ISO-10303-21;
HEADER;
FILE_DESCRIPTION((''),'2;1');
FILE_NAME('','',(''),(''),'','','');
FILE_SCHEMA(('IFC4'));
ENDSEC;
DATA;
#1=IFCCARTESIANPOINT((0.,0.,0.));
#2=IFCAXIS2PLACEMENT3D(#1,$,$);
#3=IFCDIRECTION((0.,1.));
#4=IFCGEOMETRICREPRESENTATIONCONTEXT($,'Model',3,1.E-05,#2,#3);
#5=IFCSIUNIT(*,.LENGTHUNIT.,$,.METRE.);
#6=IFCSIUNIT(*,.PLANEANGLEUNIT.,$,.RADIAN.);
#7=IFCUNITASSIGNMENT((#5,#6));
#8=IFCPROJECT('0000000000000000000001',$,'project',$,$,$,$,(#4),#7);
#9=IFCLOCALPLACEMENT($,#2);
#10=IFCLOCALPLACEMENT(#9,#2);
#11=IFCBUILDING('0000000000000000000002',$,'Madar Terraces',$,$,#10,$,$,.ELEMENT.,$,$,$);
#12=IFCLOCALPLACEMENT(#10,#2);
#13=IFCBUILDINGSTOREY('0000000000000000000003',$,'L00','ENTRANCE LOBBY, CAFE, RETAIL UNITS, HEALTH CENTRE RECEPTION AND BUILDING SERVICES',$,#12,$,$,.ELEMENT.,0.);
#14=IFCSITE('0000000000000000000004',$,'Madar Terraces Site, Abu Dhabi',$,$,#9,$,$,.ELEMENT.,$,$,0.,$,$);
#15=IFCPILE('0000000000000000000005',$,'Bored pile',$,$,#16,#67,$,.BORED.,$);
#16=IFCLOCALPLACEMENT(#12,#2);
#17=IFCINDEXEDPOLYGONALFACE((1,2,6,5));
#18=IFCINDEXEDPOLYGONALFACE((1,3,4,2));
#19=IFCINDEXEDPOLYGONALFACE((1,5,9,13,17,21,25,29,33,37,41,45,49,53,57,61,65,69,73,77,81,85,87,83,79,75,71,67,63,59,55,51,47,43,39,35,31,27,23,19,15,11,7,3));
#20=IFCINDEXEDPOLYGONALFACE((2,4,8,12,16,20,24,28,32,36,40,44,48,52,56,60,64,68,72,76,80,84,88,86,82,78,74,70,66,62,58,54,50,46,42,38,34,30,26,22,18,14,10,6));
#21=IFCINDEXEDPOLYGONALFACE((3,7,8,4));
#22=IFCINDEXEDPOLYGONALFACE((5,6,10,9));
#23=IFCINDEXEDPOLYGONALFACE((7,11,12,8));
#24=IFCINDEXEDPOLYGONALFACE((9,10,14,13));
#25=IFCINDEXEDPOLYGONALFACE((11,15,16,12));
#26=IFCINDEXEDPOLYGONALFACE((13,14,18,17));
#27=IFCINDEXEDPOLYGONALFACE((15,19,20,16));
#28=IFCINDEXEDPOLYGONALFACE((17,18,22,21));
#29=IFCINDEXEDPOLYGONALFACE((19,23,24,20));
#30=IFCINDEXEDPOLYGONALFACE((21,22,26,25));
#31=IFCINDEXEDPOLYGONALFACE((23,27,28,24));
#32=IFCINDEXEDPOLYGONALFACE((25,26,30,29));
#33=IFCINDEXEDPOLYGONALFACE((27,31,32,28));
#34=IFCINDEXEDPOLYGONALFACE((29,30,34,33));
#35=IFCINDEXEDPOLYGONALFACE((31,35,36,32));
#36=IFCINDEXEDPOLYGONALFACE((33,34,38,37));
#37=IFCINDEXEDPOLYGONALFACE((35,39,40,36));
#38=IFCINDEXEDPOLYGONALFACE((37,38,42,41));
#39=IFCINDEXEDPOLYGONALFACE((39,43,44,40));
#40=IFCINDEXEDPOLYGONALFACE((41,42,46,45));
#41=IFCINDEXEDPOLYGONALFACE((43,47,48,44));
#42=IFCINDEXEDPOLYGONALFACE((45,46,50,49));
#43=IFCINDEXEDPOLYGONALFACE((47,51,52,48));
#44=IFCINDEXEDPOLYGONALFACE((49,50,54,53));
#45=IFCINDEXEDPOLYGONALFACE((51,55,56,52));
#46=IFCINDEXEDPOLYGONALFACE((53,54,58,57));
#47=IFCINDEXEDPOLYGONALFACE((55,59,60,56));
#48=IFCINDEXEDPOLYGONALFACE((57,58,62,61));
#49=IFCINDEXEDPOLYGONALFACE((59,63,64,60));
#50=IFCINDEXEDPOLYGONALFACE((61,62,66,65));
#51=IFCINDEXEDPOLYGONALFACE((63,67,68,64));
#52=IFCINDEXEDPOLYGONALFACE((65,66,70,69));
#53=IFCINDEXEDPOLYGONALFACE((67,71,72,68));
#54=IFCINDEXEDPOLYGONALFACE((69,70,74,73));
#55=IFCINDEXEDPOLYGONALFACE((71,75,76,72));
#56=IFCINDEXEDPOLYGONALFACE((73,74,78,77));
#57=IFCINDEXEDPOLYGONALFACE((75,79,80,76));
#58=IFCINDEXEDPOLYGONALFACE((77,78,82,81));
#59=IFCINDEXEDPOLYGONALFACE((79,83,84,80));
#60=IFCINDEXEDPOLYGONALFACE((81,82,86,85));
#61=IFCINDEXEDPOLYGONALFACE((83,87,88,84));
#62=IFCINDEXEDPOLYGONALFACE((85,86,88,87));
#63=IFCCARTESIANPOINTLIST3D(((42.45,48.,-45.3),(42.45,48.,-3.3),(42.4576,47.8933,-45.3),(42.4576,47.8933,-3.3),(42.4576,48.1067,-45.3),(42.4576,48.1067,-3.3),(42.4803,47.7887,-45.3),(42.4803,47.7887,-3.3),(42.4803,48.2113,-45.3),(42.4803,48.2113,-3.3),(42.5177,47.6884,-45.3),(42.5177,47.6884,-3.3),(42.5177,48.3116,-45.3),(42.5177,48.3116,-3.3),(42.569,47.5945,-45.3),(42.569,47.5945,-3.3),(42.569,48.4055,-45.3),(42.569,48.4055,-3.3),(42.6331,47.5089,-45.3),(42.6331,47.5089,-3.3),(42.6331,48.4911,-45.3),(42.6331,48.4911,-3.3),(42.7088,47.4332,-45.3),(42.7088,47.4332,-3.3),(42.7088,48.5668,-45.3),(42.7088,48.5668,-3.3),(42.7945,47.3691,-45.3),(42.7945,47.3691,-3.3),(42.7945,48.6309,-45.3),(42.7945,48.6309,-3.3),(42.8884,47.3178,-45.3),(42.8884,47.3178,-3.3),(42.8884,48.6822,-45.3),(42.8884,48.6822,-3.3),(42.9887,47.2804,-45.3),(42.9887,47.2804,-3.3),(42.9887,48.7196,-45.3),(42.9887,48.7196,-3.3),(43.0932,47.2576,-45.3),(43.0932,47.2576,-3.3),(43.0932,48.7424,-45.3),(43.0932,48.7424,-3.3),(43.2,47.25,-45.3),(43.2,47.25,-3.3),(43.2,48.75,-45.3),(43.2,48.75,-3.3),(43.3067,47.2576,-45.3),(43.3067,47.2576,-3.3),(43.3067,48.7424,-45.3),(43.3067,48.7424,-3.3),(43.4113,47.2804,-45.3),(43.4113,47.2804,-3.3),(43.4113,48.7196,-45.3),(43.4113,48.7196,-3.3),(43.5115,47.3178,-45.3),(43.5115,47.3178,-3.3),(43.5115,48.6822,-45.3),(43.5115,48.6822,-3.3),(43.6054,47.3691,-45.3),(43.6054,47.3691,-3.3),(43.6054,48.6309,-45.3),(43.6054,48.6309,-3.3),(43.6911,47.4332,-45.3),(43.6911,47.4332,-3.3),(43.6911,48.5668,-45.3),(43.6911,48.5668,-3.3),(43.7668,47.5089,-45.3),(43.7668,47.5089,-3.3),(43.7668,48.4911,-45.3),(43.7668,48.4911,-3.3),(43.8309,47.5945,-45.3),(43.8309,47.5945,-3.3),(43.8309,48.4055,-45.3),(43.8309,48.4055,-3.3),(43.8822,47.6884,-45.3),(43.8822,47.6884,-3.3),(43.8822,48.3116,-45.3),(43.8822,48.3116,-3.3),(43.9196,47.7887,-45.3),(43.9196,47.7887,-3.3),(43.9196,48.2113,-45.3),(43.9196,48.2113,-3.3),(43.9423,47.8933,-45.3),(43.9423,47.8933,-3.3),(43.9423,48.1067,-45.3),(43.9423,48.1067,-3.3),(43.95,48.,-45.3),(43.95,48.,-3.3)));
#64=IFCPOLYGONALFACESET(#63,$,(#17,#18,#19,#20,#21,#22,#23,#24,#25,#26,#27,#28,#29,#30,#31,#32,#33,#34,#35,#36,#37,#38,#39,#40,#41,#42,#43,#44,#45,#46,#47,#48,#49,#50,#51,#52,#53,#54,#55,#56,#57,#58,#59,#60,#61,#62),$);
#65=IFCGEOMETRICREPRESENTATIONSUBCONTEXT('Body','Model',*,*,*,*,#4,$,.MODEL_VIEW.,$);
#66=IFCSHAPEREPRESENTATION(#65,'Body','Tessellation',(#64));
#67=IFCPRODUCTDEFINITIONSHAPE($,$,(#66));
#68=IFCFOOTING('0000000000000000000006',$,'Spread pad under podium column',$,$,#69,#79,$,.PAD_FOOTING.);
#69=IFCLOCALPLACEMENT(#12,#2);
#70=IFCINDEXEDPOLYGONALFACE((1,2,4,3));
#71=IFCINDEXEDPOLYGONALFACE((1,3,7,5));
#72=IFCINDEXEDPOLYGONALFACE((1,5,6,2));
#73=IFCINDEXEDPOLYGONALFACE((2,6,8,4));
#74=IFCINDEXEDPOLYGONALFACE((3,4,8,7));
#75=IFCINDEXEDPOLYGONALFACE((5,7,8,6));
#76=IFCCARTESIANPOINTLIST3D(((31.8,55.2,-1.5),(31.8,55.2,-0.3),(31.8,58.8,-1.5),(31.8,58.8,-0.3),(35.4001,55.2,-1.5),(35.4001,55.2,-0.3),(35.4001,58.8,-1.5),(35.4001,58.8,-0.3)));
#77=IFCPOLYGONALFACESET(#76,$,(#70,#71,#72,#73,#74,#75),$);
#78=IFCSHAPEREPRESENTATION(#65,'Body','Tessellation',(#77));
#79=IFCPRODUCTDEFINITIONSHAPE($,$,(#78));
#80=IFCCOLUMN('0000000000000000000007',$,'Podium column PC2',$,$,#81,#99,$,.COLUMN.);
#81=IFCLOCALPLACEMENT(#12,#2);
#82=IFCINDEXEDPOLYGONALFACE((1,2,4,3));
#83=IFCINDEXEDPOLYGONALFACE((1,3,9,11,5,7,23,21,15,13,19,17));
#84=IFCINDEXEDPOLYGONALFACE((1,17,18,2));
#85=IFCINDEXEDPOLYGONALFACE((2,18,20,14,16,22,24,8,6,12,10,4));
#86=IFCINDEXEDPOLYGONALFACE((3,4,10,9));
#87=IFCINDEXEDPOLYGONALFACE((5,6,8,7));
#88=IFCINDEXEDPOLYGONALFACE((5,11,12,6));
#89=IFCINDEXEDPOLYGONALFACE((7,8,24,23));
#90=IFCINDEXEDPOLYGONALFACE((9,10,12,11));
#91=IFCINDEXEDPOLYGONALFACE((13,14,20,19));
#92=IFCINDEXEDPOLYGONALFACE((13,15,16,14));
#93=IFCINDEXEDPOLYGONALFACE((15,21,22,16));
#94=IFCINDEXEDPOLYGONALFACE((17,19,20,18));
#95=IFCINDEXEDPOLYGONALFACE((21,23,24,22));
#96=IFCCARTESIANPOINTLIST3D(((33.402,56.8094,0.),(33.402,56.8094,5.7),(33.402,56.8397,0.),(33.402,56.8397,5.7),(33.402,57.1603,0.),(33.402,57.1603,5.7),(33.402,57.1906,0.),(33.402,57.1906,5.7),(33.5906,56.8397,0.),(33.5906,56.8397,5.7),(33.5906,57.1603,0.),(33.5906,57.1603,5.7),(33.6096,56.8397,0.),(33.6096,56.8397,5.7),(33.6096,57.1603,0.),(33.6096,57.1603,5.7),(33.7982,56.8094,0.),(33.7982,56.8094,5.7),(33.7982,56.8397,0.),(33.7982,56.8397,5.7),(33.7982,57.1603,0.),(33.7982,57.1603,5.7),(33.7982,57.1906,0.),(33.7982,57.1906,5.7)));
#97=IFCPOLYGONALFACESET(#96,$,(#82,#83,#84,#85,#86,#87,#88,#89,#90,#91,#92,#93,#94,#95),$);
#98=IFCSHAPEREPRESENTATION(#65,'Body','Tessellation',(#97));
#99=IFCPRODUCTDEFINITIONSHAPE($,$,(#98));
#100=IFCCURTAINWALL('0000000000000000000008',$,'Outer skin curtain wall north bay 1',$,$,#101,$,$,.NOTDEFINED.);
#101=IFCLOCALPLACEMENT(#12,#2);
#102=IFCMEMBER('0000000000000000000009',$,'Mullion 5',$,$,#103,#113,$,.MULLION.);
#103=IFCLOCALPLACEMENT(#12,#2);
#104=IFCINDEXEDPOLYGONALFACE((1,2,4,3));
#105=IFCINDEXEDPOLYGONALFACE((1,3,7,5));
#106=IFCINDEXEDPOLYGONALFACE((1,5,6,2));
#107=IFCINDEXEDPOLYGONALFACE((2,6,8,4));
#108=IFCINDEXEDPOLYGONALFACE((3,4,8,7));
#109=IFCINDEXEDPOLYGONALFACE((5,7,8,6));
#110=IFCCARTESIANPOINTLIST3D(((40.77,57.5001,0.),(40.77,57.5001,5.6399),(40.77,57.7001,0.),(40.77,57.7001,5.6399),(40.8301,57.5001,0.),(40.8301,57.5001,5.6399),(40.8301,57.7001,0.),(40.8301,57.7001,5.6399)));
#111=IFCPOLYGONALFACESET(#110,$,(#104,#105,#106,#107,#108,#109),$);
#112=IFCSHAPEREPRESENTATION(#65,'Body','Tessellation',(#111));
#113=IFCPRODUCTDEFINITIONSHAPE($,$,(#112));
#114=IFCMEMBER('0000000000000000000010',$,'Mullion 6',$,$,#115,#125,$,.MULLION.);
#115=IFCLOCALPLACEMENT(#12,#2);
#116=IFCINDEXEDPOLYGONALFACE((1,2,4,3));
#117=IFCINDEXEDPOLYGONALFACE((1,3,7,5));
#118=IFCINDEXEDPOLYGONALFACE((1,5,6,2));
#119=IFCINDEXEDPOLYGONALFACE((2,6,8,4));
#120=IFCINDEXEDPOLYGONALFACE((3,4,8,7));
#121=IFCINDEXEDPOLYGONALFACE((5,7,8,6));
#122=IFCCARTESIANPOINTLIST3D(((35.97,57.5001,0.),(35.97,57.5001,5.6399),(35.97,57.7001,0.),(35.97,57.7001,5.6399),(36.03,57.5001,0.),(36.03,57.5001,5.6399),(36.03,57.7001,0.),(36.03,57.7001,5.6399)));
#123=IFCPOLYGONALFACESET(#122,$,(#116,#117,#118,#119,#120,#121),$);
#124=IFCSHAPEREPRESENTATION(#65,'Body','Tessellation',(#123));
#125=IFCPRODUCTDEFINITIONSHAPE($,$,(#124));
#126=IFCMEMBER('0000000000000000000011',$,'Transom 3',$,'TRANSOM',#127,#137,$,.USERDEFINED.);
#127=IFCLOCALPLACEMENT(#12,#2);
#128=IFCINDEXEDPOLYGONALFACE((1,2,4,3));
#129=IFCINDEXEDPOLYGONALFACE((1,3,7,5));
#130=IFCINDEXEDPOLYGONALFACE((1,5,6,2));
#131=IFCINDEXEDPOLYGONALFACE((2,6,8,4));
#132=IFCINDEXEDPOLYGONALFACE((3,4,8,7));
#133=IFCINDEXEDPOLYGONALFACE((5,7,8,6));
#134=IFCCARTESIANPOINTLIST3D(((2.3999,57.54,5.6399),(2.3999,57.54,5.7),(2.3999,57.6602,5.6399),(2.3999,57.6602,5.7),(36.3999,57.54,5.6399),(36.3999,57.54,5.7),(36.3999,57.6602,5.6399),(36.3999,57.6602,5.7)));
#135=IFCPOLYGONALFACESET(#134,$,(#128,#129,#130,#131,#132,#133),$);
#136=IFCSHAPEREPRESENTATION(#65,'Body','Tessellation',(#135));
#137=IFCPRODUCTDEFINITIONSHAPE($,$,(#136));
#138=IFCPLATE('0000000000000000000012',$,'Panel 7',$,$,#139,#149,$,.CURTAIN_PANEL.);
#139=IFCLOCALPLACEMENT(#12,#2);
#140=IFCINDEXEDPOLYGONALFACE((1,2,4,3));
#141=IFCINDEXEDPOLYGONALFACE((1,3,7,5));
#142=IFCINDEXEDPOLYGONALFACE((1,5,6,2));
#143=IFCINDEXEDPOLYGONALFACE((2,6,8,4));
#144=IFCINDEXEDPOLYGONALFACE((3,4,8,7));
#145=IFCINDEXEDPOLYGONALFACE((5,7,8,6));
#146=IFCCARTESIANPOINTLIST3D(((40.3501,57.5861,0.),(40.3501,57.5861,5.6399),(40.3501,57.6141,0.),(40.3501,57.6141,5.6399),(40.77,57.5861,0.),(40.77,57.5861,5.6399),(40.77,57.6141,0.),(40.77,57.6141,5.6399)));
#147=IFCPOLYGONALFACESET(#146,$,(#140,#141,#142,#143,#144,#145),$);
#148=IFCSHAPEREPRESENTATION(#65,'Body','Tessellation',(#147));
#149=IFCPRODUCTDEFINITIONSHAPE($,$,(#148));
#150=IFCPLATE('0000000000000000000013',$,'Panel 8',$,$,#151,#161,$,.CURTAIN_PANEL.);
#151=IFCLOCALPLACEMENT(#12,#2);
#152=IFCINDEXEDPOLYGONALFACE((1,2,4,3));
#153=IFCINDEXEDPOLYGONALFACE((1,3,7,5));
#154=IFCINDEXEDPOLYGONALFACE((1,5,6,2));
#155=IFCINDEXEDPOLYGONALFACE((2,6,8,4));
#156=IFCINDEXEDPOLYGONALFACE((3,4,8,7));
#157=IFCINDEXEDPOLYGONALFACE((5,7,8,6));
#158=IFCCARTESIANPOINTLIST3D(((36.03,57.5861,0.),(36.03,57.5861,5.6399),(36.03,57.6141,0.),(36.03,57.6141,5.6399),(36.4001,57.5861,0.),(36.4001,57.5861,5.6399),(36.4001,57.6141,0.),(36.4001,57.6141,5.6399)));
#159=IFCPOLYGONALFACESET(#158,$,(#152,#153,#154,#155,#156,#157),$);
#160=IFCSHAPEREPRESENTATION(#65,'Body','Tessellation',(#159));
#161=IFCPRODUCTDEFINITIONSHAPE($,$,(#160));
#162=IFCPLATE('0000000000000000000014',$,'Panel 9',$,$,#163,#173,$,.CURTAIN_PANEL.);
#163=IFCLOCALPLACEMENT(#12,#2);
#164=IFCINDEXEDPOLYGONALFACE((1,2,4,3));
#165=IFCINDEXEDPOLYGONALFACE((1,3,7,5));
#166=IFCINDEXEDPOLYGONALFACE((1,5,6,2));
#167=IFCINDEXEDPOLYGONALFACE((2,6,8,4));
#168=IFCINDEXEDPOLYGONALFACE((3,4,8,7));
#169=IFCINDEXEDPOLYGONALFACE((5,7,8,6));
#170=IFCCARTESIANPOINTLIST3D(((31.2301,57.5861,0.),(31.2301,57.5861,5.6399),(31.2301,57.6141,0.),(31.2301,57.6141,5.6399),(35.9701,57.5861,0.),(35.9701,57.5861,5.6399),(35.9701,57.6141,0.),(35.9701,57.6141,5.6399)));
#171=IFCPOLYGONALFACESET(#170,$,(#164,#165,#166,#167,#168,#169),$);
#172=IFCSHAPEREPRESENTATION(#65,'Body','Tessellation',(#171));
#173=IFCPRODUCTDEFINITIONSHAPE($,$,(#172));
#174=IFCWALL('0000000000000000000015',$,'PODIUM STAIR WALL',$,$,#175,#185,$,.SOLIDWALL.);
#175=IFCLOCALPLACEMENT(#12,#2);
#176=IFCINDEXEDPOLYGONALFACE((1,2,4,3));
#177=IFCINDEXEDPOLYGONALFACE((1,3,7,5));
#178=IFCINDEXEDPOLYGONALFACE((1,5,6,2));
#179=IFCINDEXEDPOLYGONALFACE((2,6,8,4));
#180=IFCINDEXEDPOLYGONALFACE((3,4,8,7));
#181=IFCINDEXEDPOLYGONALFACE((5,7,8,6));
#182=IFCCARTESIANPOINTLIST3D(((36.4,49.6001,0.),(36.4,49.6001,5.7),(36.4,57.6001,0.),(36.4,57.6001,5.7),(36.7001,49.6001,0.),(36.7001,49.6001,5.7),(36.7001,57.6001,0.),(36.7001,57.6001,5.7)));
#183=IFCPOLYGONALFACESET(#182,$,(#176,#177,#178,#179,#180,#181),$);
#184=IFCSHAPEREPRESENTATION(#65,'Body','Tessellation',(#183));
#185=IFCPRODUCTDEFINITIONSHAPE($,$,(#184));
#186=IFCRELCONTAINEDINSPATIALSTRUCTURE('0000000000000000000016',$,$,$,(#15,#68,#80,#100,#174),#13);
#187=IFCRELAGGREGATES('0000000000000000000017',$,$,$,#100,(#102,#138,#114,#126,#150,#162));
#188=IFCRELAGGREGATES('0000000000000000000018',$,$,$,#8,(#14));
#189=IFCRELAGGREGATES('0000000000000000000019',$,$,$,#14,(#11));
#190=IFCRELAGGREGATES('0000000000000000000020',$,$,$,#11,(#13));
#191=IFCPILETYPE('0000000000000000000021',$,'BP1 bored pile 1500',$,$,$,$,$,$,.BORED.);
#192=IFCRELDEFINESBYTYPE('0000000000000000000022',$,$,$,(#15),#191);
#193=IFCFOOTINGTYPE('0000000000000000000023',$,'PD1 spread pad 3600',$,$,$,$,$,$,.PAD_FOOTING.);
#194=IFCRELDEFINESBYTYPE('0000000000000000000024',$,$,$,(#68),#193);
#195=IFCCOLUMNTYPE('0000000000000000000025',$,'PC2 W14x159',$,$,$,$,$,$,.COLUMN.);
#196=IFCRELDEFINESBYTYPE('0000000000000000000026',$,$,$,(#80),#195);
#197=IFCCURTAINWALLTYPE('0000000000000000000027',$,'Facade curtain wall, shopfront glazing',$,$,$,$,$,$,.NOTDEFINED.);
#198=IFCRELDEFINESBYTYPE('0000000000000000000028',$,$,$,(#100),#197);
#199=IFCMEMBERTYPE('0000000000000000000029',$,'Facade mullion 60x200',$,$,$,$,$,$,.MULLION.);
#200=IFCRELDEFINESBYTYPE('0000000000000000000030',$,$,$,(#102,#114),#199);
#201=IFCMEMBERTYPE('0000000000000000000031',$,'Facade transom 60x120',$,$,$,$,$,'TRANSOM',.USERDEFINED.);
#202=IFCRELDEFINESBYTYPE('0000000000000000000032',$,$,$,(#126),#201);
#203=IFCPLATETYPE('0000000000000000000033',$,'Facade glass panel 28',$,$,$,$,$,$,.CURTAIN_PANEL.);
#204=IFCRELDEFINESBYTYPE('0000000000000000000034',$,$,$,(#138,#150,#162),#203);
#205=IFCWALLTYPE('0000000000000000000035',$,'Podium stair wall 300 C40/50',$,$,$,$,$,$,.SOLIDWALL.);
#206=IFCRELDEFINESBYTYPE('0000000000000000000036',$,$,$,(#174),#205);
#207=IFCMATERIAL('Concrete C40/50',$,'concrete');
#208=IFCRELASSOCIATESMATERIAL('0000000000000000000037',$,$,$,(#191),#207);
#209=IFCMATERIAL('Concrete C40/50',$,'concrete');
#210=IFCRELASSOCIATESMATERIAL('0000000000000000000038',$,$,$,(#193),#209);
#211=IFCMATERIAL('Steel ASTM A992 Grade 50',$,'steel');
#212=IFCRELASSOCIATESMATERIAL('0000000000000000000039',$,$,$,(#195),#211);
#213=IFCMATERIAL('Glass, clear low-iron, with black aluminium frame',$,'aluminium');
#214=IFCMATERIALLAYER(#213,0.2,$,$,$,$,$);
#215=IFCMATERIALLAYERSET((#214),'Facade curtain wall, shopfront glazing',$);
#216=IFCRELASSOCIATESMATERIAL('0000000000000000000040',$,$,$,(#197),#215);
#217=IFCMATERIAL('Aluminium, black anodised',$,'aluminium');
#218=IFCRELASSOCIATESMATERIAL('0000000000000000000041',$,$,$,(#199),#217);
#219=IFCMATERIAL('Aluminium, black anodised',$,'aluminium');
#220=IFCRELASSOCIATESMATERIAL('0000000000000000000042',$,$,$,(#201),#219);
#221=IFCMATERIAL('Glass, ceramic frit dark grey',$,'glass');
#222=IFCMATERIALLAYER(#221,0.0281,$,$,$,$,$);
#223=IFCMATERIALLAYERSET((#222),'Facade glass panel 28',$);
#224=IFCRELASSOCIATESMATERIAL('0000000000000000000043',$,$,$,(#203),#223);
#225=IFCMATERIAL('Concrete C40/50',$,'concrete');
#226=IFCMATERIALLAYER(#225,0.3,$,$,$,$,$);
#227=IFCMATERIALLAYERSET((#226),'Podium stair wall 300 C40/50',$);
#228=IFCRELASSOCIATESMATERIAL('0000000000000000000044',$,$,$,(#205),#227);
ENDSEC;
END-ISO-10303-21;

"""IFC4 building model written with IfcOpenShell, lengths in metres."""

from ifc_helpers import new_model, si_unit, direction, frame, frame_2d, origin, origin_2d, place, context, subcontext, project, spatial, rectangle, circle, i_section, extrude, material, layer, layer_set, material_profile, profile_set, type_object, element, aggregate, save


model = new_model("IFC4")

# Units and contexts
model_context = context("Model", 3, precision=1e-05, world=origin(), true_north=direction((0.0, 1.0)))
body_context = subcontext(model_context, "Body", "Model", "MODEL_VIEW")
ifc_project = project(units=[si_unit("LENGTHUNIT", "METRE"), si_unit("PLANEANGLEUNIT", "RADIAN")], contexts=[model_context])

# Site, building, storey
site_placement = place(None, origin())
site = spatial("IfcSite", under=ifc_project, at=site_placement, Name="Madar Terraces Site, Abu Dhabi", CompositionType="ELEMENT", RefElevation=0.0)
building_placement = place(site_placement, origin())
building = spatial("IfcBuilding", under=site, at=building_placement, Name="Madar Terraces", CompositionType="ELEMENT")
storey_placement = place(building_placement, origin())
storey = spatial("IfcBuildingStorey", under=building, at=storey_placement, Name="L00", Description="ENTRANCE LOBBY, CAFE, RETAIL UNITS, HEALTH CENTRE RECEPTION AND BUILDING SERVICES", CompositionType="ELEMENT", Elevation=0.0)

# Pile
ifc_material_1 = material(Name="Concrete C40/50", Category="concrete")
ifc_material_profile_1 = material_profile(ifc_material_1, circle(Radius=0.75, at=origin_2d()), Name="BP1 bored pile 1500")
ifc_profile_set_1 = profile_set([ifc_material_profile_1], Name="Concrete C40/50")
pile_type = type_object("IfcPileType", Name="BP1 bored pile 1500", PredefinedType="BORED", material=ifc_profile_set_1)
pile_placement = place(storey_placement, frame((43.2, 48.0, -3.3), z_axis=(0.0, 0.0, -1.0), x_axis=(1.0, 0.0, 0.0)))
element("IfcPile", 1, at=pile_placement, inside=storey, type_object=pile_type, Name="Bored pile", PredefinedType="BORED", context=body_context, shape_type="SweptSolid", body=[
    extrude(circle(Radius=0.75, at=origin_2d()), origin(), (0.0, 0.0, 1.0), 42.0),
])

# Footing
ifc_material_2 = material(Name="Concrete C40/50", Category="concrete")
footing_type = type_object("IfcFootingType", Name="PD1 spread pad 3600", PredefinedType="PAD_FOOTING", material=ifc_material_2)
footing_placement = place(storey_placement, frame((33.6001, 57.0, -1.5), z_axis=(0.0, 0.0, 1.0), x_axis=(1.0, 0.0, 0.0)))
element("IfcFooting", 2, at=footing_placement, inside=storey, type_object=footing_type, Name="Spread pad under podium column", PredefinedType="PAD_FOOTING", context=body_context, shape_type="SweptSolid", body=[
    extrude(rectangle(XDim=3.6001, YDim=3.6001, at=origin_2d()), origin(), (0.0, 0.0, 1.0), 1.2),
])

# Column
ifc_material_3 = material(Name="Steel ASTM A992 Grade 50", Category="steel")
ifc_material_profile_2 = material_profile(ifc_material_3, i_section(OverallWidth=0.3962, OverallDepth=0.3811, WebThickness=0.019, FlangeThickness=0.0303, at=origin_2d()), Name="W14x159")
ifc_profile_set_2 = profile_set([ifc_material_profile_2], Name="Steel ASTM A992 Grade 50")
column_type = type_object("IfcColumnType", Name="PC2 W14x159", PredefinedType="COLUMN", material=ifc_profile_set_2)
column_placement = place(storey_placement, frame((33.6001, 57.0, 0.0), z_axis=(0.0, 0.0, 1.0), x_axis=(1.0, 0.0, 0.0)))
element("IfcColumn", 3, at=column_placement, inside=storey, type_object=column_type, Name="Podium column PC2", PredefinedType="COLUMN", context=body_context, shape_type="SweptSolid", body=[
    extrude(i_section(OverallWidth=0.3962, OverallDepth=0.3811, WebThickness=0.019, FlangeThickness=0.0303, at=origin_2d()), origin(), (0.0, 0.0, 1.0), 5.7),
])

# Curtain wall, members, plates
ifc_material_4 = material(Name="Glass, clear low-iron, with black aluminium frame", Category="aluminium")
ifc_layer_1 = layer(ifc_material_4, 0.2)
ifc_layer_set_1 = layer_set([ifc_layer_1], Name="Facade curtain wall, shopfront glazing")
curtain_wall_type = type_object("IfcCurtainWallType", Name="Facade curtain wall, shopfront glazing", PredefinedType="NOTDEFINED", material=ifc_layer_set_1)
curtain_wall_placement = place(storey_placement, origin())
curtain_wall = element("IfcCurtainWall", 4, at=curtain_wall_placement, inside=storey, type_object=curtain_wall_type, Name="Outer skin curtain wall north bay 1", PredefinedType="NOTDEFINED")
ifc_material_5 = material(Name="Aluminium, black anodised", Category="aluminium")
ifc_material_profile_3 = material_profile(ifc_material_5, rectangle(XDim=0.2, YDim=0.0601, at=origin_2d()), Name="Facade mullion 60x200")
ifc_profile_set_3 = profile_set([ifc_material_profile_3], Name="Aluminium, black anodised")
member_type_1 = type_object("IfcMemberType", Name="Facade mullion 60x200", PredefinedType="MULLION", material=ifc_profile_set_3)
member_1_placement = place(storey_placement, frame((40.8, 57.6001, 0.0), z_axis=(0.0, 0.0, 1.0), x_axis=(0.0, -1.0, 0.0)))
member_1 = element("IfcMember", 5, at=member_1_placement, type_object=member_type_1, Name="Mullion 5", PredefinedType="MULLION", context=body_context, shape_type="SweptSolid", body=[
    extrude(rectangle(XDim=0.2, YDim=0.0601, at=origin_2d()), origin(), (0.0, 0.0, 1.0), 5.6399),
])
member_2_placement = place(storey_placement, frame((36.0, 57.6001, 0.0), z_axis=(0.0, 0.0, 1.0), x_axis=(0.0, -1.0, 0.0)))
member_2 = element("IfcMember", 6, at=member_2_placement, type_object=member_type_1, Name="Mullion 6", PredefinedType="MULLION", context=body_context, shape_type="SweptSolid", body=[
    extrude(rectangle(XDim=0.2, YDim=0.0601, at=origin_2d()), origin(), (0.0, 0.0, 1.0), 5.6399),
])
ifc_material_6 = material(Name="Aluminium, black anodised", Category="aluminium")
ifc_material_profile_4 = material_profile(ifc_material_6, rectangle(XDim=0.1201, YDim=0.0601, at=origin_2d()), Name="Facade transom 60x120")
ifc_profile_set_4 = profile_set([ifc_material_profile_4], Name="Aluminium, black anodised")
member_type_2 = type_object("IfcMemberType", Name="Facade transom 60x120", ElementType="TRANSOM", PredefinedType="USERDEFINED", material=ifc_profile_set_4)
member_3_placement = place(storey_placement, frame((36.3999, 57.6001, 5.6699), z_axis=(-1.0, 0.0, 0.0), x_axis=(0.0, -1.0, 0.0)))
member_3 = element("IfcMember", 7, at=member_3_placement, type_object=member_type_2, Name="Transom 3", ObjectType="TRANSOM", PredefinedType="USERDEFINED", context=body_context, shape_type="SweptSolid", body=[
    extrude(rectangle(XDim=0.1201, YDim=0.0601, at=origin_2d()), origin(), (0.0, 0.0, 1.0), 34.0),
])
ifc_material_7 = material(Name="Glass, ceramic frit dark grey", Category="glass")
ifc_layer_2 = layer(ifc_material_7, 0.0281)
ifc_layer_set_2 = layer_set([ifc_layer_2], Name="Facade glass panel 28")
plate_type = type_object("IfcPlateType", Name="Facade glass panel 28", PredefinedType="CURTAIN_PANEL", material=ifc_layer_set_2)
plate_1_placement = place(storey_placement, frame((40.5601, 57.6001, 0.0), z_axis=(0.0, 0.0, 1.0), x_axis=(-1.0, 0.0, 0.0)))
plate_1 = element("IfcPlate", 8, at=plate_1_placement, type_object=plate_type, Name="Panel 7", PredefinedType="CURTAIN_PANEL", context=body_context, shape_type="SweptSolid", body=[
    extrude(rectangle(XDim=0.4199, YDim=0.0281, at=origin_2d()), origin(), (0.0, 0.0, 1.0), 5.6399),
])
plate_2_placement = place(storey_placement, frame((36.2151, 57.6001, 0.0), z_axis=(0.0, 0.0, 1.0), x_axis=(-1.0, 0.0, 0.0)))
plate_2 = element("IfcPlate", 9, at=plate_2_placement, type_object=plate_type, Name="Panel 8", PredefinedType="CURTAIN_PANEL", context=body_context, shape_type="SweptSolid", body=[
    extrude(rectangle(XDim=0.3701, YDim=0.0281, at=origin_2d()), origin(), (0.0, 0.0, 1.0), 5.6399),
])
plate_3_placement = place(storey_placement, frame((33.6001, 57.6001, 0.0), z_axis=(0.0, 0.0, 1.0), x_axis=(-1.0, 0.0, 0.0)))
plate_3 = element("IfcPlate", 10, at=plate_3_placement, type_object=plate_type, Name="Panel 9", PredefinedType="CURTAIN_PANEL", context=body_context, shape_type="SweptSolid", body=[
    extrude(rectangle(XDim=4.74, YDim=0.0281, at=origin_2d()), origin(), (0.0, 0.0, 1.0), 5.6399),
])
aggregate(curtain_wall, [member_1, plate_1, member_2, member_3, plate_2, plate_3])

# Wall
ifc_material_8 = material(Name="Concrete C40/50", Category="concrete")
ifc_layer_3 = layer(ifc_material_8, 0.3)
ifc_layer_set_3 = layer_set([ifc_layer_3], Name="Podium stair wall 300 C40/50")
wall_type_1 = type_object("IfcWallType", Name="Podium stair wall 300 C40/50", PredefinedType="SOLIDWALL", material=ifc_layer_set_3)
for number, where, z_axis, x_axis, name in (
    (11, (36.55, 49.6001, 0.0), (0.0, 0.0, 1.0), (0.0, 1.0, 0.0), "PODIUM STAIR WALL"),
):
    element("IfcWall", number, at=place(storey_placement, frame(where, z_axis=z_axis, x_axis=x_axis)), inside=storey, type_object=wall_type_1, Name=name, PredefinedType="SOLIDWALL", context=body_context, shape_type="SweptSolid", body=[
        extrude(rectangle(XDim=8.0, YDim=0.3, at=frame_2d((4.0, 0.0))), origin(), (0.0, 0.0, 1.0), 5.7),
    ])

save(model, "model.ifc")
